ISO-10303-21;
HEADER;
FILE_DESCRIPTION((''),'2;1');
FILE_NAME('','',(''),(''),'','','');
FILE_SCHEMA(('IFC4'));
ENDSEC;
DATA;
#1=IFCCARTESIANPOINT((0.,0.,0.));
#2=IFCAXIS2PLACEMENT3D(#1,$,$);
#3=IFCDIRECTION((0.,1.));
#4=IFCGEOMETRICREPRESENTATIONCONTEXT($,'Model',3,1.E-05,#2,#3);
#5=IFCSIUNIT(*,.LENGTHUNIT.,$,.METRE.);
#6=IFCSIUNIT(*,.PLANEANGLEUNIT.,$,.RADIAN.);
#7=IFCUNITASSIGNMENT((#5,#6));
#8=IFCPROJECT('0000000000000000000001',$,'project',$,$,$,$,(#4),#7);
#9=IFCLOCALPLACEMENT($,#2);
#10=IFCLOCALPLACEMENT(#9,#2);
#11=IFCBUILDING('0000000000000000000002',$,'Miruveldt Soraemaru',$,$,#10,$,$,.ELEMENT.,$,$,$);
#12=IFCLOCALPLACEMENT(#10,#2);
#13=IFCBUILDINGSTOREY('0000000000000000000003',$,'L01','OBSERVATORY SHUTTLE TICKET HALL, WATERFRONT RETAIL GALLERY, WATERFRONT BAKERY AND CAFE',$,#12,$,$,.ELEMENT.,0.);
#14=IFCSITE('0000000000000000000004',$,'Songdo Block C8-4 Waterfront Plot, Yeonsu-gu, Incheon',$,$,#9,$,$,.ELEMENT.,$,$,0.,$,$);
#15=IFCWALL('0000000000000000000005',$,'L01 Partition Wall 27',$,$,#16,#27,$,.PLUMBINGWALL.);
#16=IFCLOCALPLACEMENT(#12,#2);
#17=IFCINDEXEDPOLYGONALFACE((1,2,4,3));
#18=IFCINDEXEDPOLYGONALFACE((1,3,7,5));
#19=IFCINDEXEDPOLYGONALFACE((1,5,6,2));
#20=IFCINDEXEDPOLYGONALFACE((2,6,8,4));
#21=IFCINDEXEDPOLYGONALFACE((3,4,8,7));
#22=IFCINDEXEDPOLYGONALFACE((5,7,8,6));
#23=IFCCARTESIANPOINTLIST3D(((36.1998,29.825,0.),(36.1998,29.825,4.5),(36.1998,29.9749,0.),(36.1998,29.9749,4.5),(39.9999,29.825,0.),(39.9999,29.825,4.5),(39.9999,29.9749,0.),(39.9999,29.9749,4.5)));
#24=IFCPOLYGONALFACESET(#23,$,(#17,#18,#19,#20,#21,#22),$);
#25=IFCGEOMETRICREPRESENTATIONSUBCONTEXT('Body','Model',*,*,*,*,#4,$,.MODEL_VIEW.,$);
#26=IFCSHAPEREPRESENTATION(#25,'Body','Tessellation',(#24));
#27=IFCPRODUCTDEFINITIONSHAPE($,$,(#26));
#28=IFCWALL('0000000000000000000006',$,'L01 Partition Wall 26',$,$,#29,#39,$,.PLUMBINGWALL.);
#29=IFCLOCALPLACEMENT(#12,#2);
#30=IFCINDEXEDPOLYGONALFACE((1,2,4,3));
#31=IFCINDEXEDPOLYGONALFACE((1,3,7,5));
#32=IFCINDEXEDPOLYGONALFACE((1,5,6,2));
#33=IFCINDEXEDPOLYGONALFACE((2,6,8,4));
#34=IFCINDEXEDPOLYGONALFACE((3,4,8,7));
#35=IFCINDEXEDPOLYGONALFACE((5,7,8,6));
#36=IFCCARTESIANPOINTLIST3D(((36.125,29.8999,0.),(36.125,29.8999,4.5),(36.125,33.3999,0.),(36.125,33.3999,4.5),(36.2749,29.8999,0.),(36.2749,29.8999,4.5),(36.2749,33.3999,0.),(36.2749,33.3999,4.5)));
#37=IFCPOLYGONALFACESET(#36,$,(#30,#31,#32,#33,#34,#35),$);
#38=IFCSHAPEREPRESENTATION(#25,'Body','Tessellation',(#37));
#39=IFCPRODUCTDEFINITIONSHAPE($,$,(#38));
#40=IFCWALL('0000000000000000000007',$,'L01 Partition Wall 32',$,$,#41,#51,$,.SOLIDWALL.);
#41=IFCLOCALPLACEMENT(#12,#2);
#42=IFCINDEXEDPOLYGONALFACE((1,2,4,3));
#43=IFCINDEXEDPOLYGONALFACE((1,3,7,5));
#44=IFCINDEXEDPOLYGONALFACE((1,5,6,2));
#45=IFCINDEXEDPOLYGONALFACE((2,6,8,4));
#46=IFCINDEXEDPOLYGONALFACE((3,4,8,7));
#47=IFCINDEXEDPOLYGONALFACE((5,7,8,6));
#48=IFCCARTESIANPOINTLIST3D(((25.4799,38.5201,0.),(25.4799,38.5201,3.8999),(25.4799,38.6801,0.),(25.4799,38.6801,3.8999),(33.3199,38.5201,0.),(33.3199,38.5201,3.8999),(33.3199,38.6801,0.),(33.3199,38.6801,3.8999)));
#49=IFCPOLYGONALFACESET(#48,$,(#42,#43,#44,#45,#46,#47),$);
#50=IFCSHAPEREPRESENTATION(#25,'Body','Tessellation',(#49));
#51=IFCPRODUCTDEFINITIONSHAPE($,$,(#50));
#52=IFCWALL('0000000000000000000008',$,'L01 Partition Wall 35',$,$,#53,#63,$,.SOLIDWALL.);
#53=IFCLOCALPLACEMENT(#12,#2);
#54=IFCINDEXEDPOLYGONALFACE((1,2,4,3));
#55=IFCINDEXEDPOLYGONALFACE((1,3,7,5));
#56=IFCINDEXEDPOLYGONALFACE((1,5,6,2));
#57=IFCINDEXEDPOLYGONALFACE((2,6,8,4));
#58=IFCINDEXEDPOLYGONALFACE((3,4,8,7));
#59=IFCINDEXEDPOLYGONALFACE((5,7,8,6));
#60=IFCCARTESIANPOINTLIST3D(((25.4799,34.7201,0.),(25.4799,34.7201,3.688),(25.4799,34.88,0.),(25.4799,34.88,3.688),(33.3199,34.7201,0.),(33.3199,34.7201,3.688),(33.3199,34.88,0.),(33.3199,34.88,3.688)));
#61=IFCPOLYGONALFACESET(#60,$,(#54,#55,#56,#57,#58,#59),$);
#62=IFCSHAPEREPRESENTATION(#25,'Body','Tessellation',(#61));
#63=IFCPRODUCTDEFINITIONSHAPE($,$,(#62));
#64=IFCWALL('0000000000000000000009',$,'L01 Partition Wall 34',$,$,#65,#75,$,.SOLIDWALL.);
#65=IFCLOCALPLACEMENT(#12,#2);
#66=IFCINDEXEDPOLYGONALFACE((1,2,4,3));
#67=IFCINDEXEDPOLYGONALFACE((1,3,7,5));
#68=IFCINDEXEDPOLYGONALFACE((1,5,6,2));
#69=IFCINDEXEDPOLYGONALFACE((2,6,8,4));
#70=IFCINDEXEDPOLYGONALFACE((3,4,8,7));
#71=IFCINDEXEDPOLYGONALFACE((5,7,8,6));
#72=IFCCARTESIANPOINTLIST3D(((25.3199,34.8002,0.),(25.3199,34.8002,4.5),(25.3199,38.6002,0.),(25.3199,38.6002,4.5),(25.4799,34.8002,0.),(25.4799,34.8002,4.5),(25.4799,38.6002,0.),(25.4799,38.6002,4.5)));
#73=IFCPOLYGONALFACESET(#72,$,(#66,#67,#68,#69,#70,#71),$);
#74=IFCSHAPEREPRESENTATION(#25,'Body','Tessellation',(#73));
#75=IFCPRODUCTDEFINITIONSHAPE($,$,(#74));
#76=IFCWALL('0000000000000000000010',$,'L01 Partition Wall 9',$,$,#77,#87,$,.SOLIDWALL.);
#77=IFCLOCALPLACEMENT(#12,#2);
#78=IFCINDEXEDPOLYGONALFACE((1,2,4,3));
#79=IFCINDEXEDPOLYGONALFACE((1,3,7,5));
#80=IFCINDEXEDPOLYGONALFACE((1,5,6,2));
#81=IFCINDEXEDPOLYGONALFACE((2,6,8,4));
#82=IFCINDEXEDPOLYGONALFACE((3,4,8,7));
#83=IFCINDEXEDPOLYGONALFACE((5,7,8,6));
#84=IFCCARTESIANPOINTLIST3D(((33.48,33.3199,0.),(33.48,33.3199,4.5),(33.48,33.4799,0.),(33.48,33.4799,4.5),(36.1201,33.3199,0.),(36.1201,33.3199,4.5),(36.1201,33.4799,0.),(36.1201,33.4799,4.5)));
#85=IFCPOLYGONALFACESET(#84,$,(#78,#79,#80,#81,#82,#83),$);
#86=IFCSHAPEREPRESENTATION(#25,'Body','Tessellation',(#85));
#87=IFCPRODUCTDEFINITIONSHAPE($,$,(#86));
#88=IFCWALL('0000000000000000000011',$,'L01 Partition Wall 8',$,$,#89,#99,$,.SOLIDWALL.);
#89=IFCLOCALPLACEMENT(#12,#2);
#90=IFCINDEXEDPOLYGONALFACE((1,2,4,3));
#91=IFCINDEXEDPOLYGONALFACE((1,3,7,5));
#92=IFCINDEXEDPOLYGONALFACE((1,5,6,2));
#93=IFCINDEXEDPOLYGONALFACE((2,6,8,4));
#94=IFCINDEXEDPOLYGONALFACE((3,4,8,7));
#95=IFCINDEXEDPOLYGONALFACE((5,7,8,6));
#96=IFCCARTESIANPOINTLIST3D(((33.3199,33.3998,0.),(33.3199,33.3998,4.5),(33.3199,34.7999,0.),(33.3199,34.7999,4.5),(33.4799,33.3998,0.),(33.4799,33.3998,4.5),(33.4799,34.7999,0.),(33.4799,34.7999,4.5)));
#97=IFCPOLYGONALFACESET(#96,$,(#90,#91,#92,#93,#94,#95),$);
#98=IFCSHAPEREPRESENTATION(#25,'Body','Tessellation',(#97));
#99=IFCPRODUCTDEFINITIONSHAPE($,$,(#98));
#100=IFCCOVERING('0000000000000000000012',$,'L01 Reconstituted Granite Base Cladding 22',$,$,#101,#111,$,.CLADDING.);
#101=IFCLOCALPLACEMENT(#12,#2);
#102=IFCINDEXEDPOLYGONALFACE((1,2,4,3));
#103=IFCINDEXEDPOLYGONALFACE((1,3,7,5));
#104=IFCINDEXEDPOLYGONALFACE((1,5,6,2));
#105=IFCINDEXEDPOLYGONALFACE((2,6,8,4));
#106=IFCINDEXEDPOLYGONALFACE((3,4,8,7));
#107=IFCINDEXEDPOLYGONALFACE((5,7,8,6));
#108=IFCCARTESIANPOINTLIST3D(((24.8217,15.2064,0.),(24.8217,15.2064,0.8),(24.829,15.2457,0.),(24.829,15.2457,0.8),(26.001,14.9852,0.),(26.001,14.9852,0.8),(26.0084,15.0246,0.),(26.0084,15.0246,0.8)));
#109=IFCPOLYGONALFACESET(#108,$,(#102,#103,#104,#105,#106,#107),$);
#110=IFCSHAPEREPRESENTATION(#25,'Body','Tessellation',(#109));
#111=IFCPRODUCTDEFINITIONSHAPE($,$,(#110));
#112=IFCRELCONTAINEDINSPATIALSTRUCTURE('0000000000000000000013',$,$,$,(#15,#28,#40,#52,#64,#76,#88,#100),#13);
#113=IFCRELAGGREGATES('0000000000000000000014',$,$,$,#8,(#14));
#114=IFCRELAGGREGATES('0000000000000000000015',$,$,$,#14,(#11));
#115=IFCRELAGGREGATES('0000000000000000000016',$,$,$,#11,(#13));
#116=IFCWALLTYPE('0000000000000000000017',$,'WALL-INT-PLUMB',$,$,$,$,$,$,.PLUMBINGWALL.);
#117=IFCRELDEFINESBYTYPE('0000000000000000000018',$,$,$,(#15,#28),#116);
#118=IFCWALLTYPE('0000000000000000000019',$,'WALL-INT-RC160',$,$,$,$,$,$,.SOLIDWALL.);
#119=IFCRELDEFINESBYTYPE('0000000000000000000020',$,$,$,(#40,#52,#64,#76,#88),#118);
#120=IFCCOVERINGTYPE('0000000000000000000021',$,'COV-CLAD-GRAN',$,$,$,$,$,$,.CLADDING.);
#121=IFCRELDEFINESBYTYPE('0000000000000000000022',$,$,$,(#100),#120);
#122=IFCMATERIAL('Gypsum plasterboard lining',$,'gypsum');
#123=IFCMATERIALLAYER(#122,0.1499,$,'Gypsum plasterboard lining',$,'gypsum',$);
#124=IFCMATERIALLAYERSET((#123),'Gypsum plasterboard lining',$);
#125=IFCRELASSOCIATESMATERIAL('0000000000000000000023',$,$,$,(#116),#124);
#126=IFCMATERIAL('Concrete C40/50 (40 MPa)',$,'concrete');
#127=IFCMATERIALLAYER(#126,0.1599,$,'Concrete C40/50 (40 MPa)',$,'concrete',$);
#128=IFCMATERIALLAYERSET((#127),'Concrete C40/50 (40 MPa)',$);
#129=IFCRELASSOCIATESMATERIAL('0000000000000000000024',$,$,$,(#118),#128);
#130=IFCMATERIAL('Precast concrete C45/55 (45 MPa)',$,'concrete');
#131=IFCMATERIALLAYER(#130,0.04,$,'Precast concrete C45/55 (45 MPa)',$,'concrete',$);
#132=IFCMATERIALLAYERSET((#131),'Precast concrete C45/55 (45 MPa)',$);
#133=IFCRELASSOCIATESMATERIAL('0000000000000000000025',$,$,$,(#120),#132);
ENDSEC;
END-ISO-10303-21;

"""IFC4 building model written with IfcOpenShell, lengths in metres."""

from ifc_helpers import new_model, si_unit, direction, frame, frame_2d, origin, origin_2d, place, context, subcontext, project, spatial, rectangle, extrude, material, layer, layer_set, type_object, element, save


model = new_model("IFC4")

# Units and contexts
model_context = context("Model", 3, precision=1e-05, world=origin(), true_north=direction((0.0, 1.0)))
body_context = subcontext(model_context, "Body", "Model", "MODEL_VIEW")
ifc_project = project(units=[si_unit("LENGTHUNIT", "METRE"), si_unit("PLANEANGLEUNIT", "RADIAN")], contexts=[model_context])

# Site, building, storey
site_placement = place(None, origin())
site = spatial("IfcSite", under=ifc_project, at=site_placement, Name="Songdo Block C8-4 Waterfront Plot, Yeonsu-gu, Incheon", CompositionType="ELEMENT", RefElevation=0.0)
building_placement = place(site_placement, origin())
building = spatial("IfcBuilding", under=site, at=building_placement, Name="Miruveldt Soraemaru", CompositionType="ELEMENT")
storey_placement = place(building_placement, origin())
storey = spatial("IfcBuildingStorey", under=building, at=storey_placement, Name="L01", Description="OBSERVATORY SHUTTLE TICKET HALL, WATERFRONT RETAIL GALLERY, WATERFRONT BAKERY AND CAFE", CompositionType="ELEMENT", Elevation=0.0)

# Shared definitions
ifc_material_1 = material(Name="Precast concrete C45/55 (45 MPa)", Category="concrete")

# Shared definitions
ifc_material_2 = material(Name="Gypsum plasterboard lining", Category="gypsum")
ifc_layer_1 = layer(ifc_material_2, 0.1499, Name="Gypsum plasterboard lining", Category="gypsum")
ifc_layer_set_1 = layer_set([ifc_layer_1], Name="Gypsum plasterboard lining")
wall_type_1 = type_object("IfcWallType", Name="WALL-INT-PLUMB", PredefinedType="PLUMBINGWALL", material=ifc_layer_set_1)

# Walls
wall_1_placement = place(storey_placement, frame((36.2, 29.8999, 0.0), z_axis=(0.0, 0.0, 1.0), x_axis=(1.0, 0.0, 0.0)))
element("IfcWall", 1, at=wall_1_placement, inside=storey, type_object=wall_type_1, Name="L01 Partition Wall 27", PredefinedType="PLUMBINGWALL", context=body_context, shape_type="SweptSolid", body=[
    extrude(rectangle(XDim=3.8, YDim=0.1499, at=frame_2d((1.8999, 0.0))), origin(), (0.0, 0.0, 1.0), 4.5),
])
wall_2_placement = place(storey_placement, frame((36.2, 33.3999, 0.0), z_axis=(0.0, 0.0, 1.0), x_axis=(0.0, -1.0, 0.0)))
element("IfcWall", 2, at=wall_2_placement, inside=storey, type_object=wall_type_1, Name="L01 Partition Wall 26", PredefinedType="PLUMBINGWALL", context=body_context, shape_type="SweptSolid", body=[
    extrude(rectangle(XDim=3.5, YDim=0.1499, at=frame_2d((1.75, 0.0))), origin(), (0.0, 0.0, 1.0), 4.5),
])

# Shared definitions
ifc_material_3 = material(Name="Concrete C40/50 (40 MPa)", Category="concrete")
ifc_layer_2 = layer(ifc_material_3, 0.1599, Name="Concrete C40/50 (40 MPa)", Category="concrete")
ifc_layer_set_2 = layer_set([ifc_layer_2], Name="Concrete C40/50 (40 MPa)")
wall_type_2 = type_object("IfcWallType", Name="WALL-INT-RC160", PredefinedType="SOLIDWALL", material=ifc_layer_set_2)

# Walls
wall_3_placement = place(storey_placement, frame((25.48, 38.6001, 0.0), z_axis=(0.0, 0.0, 1.0), x_axis=(1.0, 0.0, 0.0)))
element("IfcWall", 3, at=wall_3_placement, inside=storey, type_object=wall_type_2, Name="L01 Partition Wall 32", PredefinedType="SOLIDWALL", context=body_context, shape_type="SweptSolid", body=[
    extrude(rectangle(XDim=7.8401, YDim=0.1599, at=frame_2d((3.9199, 0.0))), origin(), (0.0, 0.0, 1.0), 3.8999),
])
wall_4_placement = place(storey_placement, frame((25.48, 34.8, 0.0), z_axis=(0.0, 0.0, 1.0), x_axis=(1.0, 0.0, 0.0)))
element("IfcWall", 4, at=wall_4_placement, inside=storey, type_object=wall_type_2, Name="L01 Partition Wall 35", PredefinedType="SOLIDWALL", context=body_context, shape_type="SweptSolid", body=[
    extrude(rectangle(XDim=7.8401, YDim=0.1599, at=frame_2d((3.9199, 0.0))), origin(), (0.0, 0.0, 1.0), 3.688),
])
wall_5_placement = place(storey_placement, frame((25.3999, 38.6001, 0.0), z_axis=(0.0, 0.0, 1.0), x_axis=(0.0, -1.0, 0.0)))
element("IfcWall", 5, at=wall_5_placement, inside=storey, type_object=wall_type_2, Name="L01 Partition Wall 34", PredefinedType="SOLIDWALL", context=body_context, shape_type="SweptSolid", body=[
    extrude(rectangle(XDim=3.8, YDim=0.1599, at=frame_2d((1.8999, 0.0))), origin(), (0.0, 0.0, 1.0), 4.5),
])
wall_6_placement = place(storey_placement, frame((33.48, 33.3999, 0.0), z_axis=(0.0, 0.0, 1.0), x_axis=(1.0, 0.0, 0.0)))
element("IfcWall", 6, at=wall_6_placement, inside=storey, type_object=wall_type_2, Name="L01 Partition Wall 9", PredefinedType="SOLIDWALL", context=body_context, shape_type="SweptSolid", body=[
    extrude(rectangle(XDim=2.6401, YDim=0.1599, at=frame_2d((1.3201, 0.0))), origin(), (0.0, 0.0, 1.0), 4.5),
])
wall_7_placement = place(storey_placement, frame((33.3999, 34.8, 0.0), z_axis=(0.0, 0.0, 1.0), x_axis=(0.0, -1.0, 0.0)))
element("IfcWall", 7, at=wall_7_placement, inside=storey, type_object=wall_type_2, Name="L01 Partition Wall 8", PredefinedType="SOLIDWALL", context=body_context, shape_type="SweptSolid", body=[
    extrude(rectangle(XDim=1.4001, YDim=0.1599, at=frame_2d((0.7002, 0.0))), origin(), (0.0, 0.0, 1.0), 4.5),
])

# Covering
ifc_layer_3 = layer(ifc_material_1, 0.04, Name="Precast concrete C45/55 (45 MPa)", Category="concrete")
ifc_layer_set_3 = layer_set([ifc_layer_3], Name="Precast concrete C45/55 (45 MPa)")
covering_type = type_object("IfcCoveringType", Name="COV-CLAD-GRAN", PredefinedType="CLADDING", material=ifc_layer_set_3)
covering_placement = place(storey_placement, frame((25.415, 15.1155, 0.0), z_axis=(0.0, 0.0, 1.0), x_axis=(0.982871, -0.184294, 0.0)))
element("IfcCovering", 8, at=covering_placement, inside=storey, type_object=covering_type, Name="L01 Reconstituted Granite Base Cladding 22", PredefinedType="CLADDING", context=body_context, shape_type="SweptSolid", body=[
    extrude(rectangle(XDim=1.2, YDim=0.04, at=origin_2d()), origin(), (0.0, 0.0, 1.0), 0.8),
])

save(model, "model.ifc")
